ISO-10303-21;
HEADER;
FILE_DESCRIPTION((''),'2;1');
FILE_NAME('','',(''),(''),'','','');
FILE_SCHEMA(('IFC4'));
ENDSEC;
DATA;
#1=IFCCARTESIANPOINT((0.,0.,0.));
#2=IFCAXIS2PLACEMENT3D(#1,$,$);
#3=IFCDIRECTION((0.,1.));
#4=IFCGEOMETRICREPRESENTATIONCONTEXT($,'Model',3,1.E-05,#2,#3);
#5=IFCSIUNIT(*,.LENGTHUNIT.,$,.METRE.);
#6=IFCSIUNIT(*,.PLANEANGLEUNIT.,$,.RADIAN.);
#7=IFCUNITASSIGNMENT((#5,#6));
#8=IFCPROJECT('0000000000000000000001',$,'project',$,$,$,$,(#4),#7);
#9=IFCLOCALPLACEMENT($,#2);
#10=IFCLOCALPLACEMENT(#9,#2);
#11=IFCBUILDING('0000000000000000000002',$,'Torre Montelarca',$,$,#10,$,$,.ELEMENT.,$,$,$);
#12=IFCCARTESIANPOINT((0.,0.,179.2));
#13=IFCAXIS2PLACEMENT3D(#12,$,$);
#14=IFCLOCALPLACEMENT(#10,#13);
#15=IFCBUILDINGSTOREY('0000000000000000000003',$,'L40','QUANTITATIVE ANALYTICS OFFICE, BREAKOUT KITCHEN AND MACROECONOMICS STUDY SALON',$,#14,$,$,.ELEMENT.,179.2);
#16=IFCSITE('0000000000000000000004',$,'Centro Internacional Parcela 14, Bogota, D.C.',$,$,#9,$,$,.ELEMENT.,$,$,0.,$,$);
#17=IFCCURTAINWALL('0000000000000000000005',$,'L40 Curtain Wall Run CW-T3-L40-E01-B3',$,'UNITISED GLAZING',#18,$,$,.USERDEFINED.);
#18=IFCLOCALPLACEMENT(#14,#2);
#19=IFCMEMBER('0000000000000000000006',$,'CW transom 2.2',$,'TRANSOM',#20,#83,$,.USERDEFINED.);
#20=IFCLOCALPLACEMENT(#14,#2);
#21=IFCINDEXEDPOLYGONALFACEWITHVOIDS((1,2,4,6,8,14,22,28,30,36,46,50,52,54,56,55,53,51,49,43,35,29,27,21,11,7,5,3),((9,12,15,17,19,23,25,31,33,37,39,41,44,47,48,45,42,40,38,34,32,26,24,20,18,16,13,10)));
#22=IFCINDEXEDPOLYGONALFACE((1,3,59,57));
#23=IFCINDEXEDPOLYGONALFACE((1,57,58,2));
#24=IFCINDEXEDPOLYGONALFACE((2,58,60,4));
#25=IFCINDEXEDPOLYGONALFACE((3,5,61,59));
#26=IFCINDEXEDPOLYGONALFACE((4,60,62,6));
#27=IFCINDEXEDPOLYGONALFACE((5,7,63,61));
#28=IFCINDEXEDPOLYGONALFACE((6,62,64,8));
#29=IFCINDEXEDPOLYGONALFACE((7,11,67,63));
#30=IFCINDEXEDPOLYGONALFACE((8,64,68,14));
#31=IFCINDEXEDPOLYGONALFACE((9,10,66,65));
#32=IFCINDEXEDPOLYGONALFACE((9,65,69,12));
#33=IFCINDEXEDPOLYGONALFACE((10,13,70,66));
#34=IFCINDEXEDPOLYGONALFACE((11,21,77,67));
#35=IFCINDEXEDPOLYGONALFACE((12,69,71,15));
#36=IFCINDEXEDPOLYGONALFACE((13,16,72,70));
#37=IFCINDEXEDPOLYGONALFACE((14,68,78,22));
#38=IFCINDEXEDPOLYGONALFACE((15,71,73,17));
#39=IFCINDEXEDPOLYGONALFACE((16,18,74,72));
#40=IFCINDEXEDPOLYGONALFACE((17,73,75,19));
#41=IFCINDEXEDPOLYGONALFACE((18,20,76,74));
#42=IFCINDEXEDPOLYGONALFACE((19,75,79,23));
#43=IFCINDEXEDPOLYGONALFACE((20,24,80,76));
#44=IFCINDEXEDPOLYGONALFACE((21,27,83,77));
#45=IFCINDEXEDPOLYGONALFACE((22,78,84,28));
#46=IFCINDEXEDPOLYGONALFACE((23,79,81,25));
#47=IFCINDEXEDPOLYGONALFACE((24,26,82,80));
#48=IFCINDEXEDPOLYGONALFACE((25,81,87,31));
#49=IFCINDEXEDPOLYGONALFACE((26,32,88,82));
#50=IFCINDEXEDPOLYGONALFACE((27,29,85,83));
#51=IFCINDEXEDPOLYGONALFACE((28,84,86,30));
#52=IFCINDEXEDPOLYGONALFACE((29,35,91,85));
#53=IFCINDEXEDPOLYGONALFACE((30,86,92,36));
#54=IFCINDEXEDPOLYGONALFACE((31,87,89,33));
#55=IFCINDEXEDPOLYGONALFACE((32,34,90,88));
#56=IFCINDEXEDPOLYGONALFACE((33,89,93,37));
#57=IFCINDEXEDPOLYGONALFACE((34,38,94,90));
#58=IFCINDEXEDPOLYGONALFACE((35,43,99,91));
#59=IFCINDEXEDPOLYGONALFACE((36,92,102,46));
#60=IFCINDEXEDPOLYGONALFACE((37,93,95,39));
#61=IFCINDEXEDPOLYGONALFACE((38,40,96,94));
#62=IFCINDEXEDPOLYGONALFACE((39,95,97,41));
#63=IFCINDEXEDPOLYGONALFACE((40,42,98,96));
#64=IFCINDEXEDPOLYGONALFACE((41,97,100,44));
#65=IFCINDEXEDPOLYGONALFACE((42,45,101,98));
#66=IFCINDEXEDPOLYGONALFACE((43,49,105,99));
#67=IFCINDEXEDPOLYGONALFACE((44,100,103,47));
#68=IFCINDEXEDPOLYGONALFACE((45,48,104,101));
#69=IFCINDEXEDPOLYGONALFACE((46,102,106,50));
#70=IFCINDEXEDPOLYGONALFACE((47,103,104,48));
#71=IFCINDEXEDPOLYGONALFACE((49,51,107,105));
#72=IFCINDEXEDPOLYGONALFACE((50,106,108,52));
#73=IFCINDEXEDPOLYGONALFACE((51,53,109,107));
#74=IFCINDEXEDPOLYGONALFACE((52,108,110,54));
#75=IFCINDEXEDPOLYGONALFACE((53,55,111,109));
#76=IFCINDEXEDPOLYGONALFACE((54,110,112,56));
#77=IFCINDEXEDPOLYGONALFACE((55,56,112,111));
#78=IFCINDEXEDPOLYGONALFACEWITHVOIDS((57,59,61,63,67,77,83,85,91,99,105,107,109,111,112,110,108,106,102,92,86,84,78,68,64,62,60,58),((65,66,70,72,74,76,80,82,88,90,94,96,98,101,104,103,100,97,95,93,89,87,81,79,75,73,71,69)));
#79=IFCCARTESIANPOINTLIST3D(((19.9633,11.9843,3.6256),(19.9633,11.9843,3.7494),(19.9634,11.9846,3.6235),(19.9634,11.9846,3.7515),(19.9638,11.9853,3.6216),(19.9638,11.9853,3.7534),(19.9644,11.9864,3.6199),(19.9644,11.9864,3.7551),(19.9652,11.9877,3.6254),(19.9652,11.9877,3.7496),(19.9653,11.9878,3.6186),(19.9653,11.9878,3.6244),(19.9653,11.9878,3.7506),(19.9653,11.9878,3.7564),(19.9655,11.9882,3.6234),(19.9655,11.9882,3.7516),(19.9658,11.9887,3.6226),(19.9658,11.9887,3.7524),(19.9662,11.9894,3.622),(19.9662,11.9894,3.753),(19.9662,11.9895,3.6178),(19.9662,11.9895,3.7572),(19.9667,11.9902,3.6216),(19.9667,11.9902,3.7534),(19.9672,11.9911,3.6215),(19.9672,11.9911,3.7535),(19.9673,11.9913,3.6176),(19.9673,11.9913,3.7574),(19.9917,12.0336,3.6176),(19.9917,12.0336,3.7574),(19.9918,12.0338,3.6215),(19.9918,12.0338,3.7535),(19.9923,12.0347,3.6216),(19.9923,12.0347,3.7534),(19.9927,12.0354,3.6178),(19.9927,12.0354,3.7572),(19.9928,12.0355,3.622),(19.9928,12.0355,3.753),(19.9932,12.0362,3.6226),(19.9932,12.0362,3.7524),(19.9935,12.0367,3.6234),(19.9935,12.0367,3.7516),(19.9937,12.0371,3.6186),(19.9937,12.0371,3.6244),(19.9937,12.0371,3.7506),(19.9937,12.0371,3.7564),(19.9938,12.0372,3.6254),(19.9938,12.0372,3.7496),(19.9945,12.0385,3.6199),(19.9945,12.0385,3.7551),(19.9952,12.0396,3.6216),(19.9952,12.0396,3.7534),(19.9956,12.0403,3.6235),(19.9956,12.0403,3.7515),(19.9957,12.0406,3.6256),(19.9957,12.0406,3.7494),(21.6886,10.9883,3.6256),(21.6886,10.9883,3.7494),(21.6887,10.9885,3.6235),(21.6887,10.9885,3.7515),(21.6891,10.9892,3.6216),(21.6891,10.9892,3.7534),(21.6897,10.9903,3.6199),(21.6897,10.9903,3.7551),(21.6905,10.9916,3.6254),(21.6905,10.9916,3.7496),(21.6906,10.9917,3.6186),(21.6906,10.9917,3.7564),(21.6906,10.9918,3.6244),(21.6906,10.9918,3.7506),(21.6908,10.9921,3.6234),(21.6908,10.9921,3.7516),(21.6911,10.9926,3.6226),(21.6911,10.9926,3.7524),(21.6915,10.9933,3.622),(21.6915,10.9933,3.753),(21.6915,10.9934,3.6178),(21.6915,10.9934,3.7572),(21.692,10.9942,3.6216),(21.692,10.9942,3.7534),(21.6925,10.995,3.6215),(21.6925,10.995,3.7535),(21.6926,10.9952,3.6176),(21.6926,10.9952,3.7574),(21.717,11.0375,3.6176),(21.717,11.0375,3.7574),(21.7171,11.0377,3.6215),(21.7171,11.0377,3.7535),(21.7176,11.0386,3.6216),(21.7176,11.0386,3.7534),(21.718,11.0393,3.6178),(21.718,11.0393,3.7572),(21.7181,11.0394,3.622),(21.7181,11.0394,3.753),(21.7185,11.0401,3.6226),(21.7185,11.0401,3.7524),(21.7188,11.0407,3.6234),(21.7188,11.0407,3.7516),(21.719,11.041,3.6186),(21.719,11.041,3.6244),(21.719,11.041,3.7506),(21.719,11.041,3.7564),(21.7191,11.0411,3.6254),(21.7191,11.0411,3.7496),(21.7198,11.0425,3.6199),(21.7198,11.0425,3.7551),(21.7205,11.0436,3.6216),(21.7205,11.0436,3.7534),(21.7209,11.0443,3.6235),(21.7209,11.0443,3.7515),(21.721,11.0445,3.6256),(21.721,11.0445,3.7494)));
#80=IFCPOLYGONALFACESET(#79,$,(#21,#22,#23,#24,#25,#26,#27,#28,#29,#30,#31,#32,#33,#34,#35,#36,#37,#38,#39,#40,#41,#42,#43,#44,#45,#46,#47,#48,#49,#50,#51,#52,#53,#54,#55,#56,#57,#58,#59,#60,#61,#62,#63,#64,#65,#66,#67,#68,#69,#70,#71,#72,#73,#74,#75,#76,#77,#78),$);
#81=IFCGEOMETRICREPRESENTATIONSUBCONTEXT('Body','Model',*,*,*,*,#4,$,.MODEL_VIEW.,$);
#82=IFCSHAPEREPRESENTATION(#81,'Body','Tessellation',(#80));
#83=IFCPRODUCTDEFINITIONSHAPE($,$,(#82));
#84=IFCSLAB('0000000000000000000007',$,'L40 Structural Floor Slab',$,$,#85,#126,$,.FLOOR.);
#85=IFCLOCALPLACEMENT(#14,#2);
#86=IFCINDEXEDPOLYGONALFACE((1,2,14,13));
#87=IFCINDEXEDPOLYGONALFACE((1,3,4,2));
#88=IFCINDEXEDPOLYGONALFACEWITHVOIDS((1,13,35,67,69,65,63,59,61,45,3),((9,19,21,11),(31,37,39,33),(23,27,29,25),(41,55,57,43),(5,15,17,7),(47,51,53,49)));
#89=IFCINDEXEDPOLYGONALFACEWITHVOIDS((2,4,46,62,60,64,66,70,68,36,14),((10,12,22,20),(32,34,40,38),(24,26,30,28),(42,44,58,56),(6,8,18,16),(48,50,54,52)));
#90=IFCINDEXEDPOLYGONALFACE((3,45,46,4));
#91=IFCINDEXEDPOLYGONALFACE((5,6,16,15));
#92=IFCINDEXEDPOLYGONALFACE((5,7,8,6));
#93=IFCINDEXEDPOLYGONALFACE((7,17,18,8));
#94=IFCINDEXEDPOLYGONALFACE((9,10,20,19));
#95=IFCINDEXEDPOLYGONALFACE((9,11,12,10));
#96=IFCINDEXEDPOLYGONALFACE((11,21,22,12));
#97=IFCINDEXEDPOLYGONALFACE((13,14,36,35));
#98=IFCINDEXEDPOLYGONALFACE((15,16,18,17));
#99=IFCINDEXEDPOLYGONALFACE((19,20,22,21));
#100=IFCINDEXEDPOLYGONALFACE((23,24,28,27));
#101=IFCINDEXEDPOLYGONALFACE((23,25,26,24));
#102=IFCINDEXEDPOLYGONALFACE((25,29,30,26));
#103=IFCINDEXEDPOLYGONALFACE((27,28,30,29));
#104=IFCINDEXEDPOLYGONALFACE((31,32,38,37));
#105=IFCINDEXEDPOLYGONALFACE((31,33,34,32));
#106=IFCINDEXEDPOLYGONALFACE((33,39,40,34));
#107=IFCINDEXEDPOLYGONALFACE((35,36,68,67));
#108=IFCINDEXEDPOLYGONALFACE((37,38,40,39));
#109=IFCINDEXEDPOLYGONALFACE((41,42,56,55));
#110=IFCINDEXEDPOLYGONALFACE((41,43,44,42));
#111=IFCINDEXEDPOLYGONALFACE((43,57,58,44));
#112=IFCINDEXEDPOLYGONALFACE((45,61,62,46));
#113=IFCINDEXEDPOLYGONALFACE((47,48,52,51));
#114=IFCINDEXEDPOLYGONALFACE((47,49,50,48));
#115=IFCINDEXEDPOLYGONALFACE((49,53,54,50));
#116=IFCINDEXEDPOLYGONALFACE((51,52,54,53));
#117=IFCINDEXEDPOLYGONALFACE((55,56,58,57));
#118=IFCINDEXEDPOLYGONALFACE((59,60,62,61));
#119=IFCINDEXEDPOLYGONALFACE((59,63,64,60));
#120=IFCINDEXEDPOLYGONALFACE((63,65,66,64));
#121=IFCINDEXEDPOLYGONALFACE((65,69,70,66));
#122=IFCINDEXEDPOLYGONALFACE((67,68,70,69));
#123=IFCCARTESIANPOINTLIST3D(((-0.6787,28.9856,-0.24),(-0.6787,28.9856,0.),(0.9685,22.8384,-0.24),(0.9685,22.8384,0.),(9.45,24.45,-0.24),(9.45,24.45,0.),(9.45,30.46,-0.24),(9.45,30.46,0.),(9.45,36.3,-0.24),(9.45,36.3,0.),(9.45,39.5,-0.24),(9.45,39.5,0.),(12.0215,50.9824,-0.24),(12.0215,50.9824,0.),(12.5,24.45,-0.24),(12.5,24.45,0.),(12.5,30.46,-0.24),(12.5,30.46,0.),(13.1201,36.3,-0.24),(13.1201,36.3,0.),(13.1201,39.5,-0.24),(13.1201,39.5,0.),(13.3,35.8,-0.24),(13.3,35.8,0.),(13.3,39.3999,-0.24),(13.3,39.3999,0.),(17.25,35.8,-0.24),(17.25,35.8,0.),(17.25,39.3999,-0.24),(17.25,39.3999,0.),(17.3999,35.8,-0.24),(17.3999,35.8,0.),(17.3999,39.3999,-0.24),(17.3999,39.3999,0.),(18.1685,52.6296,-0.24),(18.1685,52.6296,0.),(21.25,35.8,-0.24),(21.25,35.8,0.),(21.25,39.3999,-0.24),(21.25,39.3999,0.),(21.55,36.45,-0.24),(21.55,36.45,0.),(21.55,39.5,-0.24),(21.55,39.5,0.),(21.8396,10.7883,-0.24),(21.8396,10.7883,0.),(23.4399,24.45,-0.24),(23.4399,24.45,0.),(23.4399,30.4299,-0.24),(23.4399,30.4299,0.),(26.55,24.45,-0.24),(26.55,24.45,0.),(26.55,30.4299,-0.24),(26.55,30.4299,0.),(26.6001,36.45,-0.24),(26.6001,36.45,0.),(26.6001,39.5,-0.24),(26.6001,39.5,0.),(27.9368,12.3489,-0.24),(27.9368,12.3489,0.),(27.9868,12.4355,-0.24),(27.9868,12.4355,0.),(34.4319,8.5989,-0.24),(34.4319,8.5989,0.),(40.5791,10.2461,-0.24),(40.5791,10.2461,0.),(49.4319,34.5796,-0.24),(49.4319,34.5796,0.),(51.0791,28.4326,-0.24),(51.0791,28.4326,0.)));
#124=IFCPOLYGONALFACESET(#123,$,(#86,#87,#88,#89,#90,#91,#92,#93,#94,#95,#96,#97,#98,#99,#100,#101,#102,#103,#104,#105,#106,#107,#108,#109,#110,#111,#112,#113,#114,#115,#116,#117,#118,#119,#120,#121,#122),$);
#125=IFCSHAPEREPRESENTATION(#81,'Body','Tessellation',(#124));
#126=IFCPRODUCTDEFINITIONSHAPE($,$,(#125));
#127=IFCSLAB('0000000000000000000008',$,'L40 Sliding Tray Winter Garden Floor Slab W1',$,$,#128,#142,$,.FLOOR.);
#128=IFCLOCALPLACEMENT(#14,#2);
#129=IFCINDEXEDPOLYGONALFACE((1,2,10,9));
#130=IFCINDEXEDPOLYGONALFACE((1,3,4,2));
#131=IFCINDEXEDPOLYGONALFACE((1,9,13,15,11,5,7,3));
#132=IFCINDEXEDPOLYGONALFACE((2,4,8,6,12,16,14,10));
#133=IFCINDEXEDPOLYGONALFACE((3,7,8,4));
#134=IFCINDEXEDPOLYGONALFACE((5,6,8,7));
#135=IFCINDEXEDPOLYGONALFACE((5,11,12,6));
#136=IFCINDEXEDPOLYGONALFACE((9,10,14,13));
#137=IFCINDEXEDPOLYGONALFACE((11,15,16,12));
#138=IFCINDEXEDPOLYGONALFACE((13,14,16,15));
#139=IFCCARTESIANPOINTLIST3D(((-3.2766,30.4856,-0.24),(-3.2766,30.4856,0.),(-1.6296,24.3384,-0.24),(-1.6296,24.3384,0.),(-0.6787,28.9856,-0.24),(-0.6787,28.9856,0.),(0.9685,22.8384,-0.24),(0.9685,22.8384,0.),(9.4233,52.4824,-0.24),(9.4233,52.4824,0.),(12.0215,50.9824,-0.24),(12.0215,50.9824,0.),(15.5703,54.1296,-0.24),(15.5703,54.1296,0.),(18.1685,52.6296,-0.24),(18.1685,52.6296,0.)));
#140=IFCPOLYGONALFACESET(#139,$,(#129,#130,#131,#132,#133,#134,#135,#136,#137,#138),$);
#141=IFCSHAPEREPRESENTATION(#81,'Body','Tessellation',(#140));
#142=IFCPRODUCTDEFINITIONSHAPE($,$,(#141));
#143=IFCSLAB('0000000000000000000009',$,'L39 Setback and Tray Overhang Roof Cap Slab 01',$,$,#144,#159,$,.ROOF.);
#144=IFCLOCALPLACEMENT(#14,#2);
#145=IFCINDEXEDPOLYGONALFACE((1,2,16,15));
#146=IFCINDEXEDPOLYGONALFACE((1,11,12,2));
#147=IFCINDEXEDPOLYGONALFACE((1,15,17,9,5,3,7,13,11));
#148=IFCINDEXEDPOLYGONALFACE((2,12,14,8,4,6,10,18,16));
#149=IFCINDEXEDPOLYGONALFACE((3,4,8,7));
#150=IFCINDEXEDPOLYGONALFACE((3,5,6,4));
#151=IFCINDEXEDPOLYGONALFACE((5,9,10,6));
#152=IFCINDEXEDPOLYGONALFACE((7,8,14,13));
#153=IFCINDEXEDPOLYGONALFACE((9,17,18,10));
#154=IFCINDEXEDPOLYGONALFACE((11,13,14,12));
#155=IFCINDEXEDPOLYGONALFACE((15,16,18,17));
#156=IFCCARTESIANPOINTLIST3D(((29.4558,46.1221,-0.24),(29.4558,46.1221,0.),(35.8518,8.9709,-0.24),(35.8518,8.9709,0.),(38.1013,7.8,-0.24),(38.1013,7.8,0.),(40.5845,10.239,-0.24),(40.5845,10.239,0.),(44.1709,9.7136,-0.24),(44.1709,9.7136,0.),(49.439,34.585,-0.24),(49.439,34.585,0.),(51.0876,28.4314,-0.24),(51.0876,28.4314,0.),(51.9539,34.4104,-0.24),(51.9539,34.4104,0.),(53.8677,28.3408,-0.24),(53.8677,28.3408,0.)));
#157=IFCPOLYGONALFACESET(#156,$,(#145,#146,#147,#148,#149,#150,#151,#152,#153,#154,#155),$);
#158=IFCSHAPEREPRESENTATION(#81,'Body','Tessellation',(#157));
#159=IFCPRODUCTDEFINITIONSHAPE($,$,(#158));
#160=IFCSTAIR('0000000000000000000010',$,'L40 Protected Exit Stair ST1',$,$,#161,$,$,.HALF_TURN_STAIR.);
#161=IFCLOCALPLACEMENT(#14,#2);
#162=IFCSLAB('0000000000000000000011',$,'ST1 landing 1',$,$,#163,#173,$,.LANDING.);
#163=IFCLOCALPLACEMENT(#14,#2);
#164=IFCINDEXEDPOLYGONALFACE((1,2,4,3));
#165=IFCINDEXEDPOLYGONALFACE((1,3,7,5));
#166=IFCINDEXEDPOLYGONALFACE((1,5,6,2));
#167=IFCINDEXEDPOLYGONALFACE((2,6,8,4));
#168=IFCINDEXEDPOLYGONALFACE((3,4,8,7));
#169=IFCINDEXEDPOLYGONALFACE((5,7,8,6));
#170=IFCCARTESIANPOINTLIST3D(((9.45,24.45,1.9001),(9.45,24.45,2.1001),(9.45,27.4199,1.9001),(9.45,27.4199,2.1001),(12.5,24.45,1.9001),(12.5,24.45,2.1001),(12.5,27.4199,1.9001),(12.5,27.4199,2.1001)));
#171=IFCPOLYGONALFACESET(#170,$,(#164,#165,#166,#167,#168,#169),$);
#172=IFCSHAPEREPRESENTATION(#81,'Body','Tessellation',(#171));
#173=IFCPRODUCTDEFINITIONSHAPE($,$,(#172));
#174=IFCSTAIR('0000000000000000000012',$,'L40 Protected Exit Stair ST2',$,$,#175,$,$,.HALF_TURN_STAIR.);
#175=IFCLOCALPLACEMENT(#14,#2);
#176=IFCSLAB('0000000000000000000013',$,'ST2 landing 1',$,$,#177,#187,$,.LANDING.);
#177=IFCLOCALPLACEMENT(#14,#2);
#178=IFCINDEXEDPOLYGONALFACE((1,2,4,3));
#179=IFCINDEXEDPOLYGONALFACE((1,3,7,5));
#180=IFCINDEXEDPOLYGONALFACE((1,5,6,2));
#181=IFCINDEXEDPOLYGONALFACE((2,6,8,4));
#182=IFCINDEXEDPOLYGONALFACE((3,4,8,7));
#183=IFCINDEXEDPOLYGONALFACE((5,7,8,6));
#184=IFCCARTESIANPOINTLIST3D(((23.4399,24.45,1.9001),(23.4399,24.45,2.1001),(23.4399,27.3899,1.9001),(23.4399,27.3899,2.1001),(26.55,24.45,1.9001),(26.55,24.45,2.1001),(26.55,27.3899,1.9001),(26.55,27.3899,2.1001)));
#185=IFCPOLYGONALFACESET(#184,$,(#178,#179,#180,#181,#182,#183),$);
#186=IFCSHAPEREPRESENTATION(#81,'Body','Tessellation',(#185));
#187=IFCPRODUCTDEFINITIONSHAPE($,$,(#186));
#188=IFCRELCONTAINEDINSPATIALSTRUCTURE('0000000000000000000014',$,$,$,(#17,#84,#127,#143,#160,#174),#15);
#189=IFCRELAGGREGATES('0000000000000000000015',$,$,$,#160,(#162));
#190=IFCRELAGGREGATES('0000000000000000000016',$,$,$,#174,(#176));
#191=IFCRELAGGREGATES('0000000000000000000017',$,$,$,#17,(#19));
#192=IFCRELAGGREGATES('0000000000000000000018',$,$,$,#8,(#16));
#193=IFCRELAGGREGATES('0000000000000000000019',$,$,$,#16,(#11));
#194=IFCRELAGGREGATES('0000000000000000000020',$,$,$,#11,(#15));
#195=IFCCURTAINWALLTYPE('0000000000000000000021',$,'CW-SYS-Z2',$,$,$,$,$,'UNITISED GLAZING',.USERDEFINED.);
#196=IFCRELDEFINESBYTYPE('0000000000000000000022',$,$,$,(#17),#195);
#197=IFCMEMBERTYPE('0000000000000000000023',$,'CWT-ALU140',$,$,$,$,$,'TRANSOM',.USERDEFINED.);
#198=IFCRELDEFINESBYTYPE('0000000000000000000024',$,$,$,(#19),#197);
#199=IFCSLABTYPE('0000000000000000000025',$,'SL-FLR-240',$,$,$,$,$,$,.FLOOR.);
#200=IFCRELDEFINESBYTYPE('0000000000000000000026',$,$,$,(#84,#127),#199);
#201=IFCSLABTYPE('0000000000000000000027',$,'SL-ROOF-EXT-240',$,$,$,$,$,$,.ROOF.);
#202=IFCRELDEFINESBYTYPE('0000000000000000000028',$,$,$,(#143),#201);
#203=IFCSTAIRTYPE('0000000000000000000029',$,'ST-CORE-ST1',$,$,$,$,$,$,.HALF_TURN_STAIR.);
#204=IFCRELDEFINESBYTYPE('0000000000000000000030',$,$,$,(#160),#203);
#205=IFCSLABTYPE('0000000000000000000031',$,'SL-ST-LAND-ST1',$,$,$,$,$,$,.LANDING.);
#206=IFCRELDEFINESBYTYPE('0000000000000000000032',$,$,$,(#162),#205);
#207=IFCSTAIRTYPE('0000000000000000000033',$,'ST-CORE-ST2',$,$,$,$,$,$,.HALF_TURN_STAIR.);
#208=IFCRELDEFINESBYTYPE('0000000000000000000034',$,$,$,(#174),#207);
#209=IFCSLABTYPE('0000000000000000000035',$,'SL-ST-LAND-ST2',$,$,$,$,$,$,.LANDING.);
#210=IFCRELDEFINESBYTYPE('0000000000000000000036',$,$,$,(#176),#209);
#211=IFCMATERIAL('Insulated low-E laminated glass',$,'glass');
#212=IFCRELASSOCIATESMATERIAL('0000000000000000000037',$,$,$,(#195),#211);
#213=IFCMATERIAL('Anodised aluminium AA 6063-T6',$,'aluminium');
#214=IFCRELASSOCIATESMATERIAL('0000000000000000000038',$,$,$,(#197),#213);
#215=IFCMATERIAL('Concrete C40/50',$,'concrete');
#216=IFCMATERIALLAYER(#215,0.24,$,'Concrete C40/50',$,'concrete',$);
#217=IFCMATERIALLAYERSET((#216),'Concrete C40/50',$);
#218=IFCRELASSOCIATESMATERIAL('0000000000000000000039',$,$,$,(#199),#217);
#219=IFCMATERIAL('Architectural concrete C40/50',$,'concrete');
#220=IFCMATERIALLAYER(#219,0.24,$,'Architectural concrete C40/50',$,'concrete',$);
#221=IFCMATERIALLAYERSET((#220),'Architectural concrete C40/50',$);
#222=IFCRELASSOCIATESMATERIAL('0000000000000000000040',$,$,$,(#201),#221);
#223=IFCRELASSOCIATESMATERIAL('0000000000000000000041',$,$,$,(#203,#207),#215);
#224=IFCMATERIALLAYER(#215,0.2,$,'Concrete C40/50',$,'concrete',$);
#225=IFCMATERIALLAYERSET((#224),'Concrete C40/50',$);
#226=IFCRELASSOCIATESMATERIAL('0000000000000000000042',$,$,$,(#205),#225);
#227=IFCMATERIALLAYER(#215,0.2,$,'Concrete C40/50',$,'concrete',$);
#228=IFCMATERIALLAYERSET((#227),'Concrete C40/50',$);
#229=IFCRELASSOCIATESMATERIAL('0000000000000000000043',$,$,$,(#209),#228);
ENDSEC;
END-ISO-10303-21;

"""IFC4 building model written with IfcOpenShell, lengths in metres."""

from ifc_helpers import new_model, si_unit, direction, frame, origin, origin_2d, place, context, subcontext, project, spatial, polyline, hollow_rectangle, outline, extrude, source, transform, mapped, material, layer, layer_set, material_profile, profile_set, type_object, element, aggregate, save


model = new_model("IFC4")

# Units and contexts
model_context = context("Model", 3, precision=1e-05, world=origin(), true_north=direction((0.0, 1.0)))
body_context = subcontext(model_context, "Body", "Model", "MODEL_VIEW")
ifc_project = project(units=[si_unit("LENGTHUNIT", "METRE"), si_unit("PLANEANGLEUNIT", "RADIAN")], contexts=[model_context])

# Site, building, storey
site_placement = place(None, origin())
site = spatial("IfcSite", under=ifc_project, at=site_placement, Name="Centro Internacional Parcela 14, Bogota, D.C.", CompositionType="ELEMENT", RefElevation=0.0)
building_placement = place(site_placement, origin())
building = spatial("IfcBuilding", under=site, at=building_placement, Name="Torre Montelarca", CompositionType="ELEMENT")
storey_placement = place(building_placement, frame((0.0, 0.0, 179.2)))
storey = spatial("IfcBuildingStorey", under=building, at=storey_placement, Name="L40", Description="QUANTITATIVE ANALYTICS OFFICE, BREAKOUT KITCHEN AND MACROECONOMICS STUDY SALON", CompositionType="ELEMENT", Elevation=179.2)

# Shared definitions
ifc_material_1 = material(Name="Insulated low-E laminated glass", Category="glass")
curtain_wall_type = type_object("IfcCurtainWallType", Name="CW-SYS-Z2", ElementType="UNITISED GLAZING", PredefinedType="USERDEFINED", material=ifc_material_1)
ifc_material_2 = material(Name="Anodised aluminium AA 6063-T6", Category="aluminium")
ifc_material_profile_1 = material_profile(ifc_material_2, hollow_rectangle(XDim=0.0649, YDim=0.1399, WallThickness=0.0039, InnerFilletRadius=0.0039, OuterFilletRadius=0.0081, at=origin_2d()), Name="ALU65X140X4", Category="aluminium")
ifc_profile_set_1 = profile_set([ifc_material_profile_1], Name="Anodised aluminium AA 6063-T6")
member_type_1 = type_object("IfcMemberType", Name="CWT-ALU140", ElementType="TRANSOM", PredefinedType="USERDEFINED", material=ifc_profile_set_1)

# Curtain wall
curtain_wall_1_placement = place(storey_placement, origin())
curtain_wall_1 = element("IfcCurtainWall", 1, at=curtain_wall_1_placement, inside=storey, type_object=curtain_wall_type, Name="L40 Curtain Wall Run CW-T3-L40-E01-B3", ObjectType="UNITISED GLAZING", PredefinedType="USERDEFINED")

# Member
shared_shape_1 = source(origin(), body_context, "Body", "SweptSolid", [
    extrude(hollow_rectangle(XDim=0.0649, YDim=0.1399, WallThickness=0.0039, InnerFilletRadius=0.0039, OuterFilletRadius=0.0081, at=origin_2d()), origin(), (0.0, 0.0, 1.0), 1.9922),
])
member_1_placement = place(storey_placement, frame((19.9795, 12.0125, 3.6875), z_axis=(0.866033, -0.499988, 0.0), x_axis=(0.499988, 0.866033, 0.0)))
member_1 = element("IfcMember", 2, at=member_1_placement, type_object=member_type_1, Name="CW transom 2.2", ObjectType="TRANSOM", PredefinedType="USERDEFINED", context=body_context, shape_type="MappedRepresentation", body=[
    mapped(shared_shape_1, transform((0.0, 0.0, 0.0), scale=1.0)),
])

# Slabs
ifc_material_3 = material(Name="Concrete C40/50", Category="concrete")
ifc_layer_1 = layer(ifc_material_3, 0.24, Name="Concrete C40/50", Category="concrete")
ifc_layer_set_1 = layer_set([ifc_layer_1], Name="Concrete C40/50")
slab_type_1 = type_object("IfcSlabType", Name="SL-FLR-240", PredefinedType="FLOOR", material=ifc_layer_set_1)
slab_1_placement = place(storey_placement, frame((0.0, 0.0, -0.24)))
element("IfcSlab", 3, at=slab_1_placement, inside=storey, type_object=slab_type_1, Name="L40 Structural Floor Slab", PredefinedType="FLOOR", context=body_context, shape_type="SweptSolid", body=[
    extrude(outline(polyline([(21.8396, 10.7883), (27.9868, 12.4355), (27.9368, 12.3489), (34.4319, 8.5989), (40.5791, 10.2461), (51.0791, 28.4326), (49.4319, 34.5796), (18.1685, 52.6296), (12.0215, 50.9824), (-0.6787, 28.9856), (0.9685, 22.8384), (21.8396, 10.7883)]), holes=[polyline([(26.55, 24.45), (23.4399, 24.45), (23.4399, 30.4299), (26.55, 30.4299), (26.55, 24.45)]), polyline([(9.45, 24.45), (9.45, 30.46), (12.5, 30.46), (12.5, 24.45), (9.45, 24.45)]), polyline([(17.25, 35.8), (13.3, 35.8), (13.3, 39.3999), (17.25, 39.3999), (17.25, 35.8)]), polyline([(21.25, 39.3999), (21.25, 35.8), (17.3999, 35.8), (17.3999, 39.3999), (21.25, 39.3999)]), polyline([(13.1201, 36.3), (9.45, 36.3), (9.45, 39.5), (13.1201, 39.5), (13.1201, 36.3)]), polyline([(26.6001, 36.45), (21.55, 36.45), (21.55, 39.5), (26.6001, 39.5), (26.6001, 36.45)])]), origin(), (0.0, 0.0, 1.0), 0.24),
])
slab_2_placement = place(storey_placement, frame((0.0, 0.0, -0.24)))
element("IfcSlab", 4, at=slab_2_placement, inside=storey, type_object=slab_type_1, Name="L40 Sliding Tray Winter Garden Floor Slab W1", PredefinedType="FLOOR", context=body_context, shape_type="SweptSolid", body=[
    extrude(outline(polyline([(0.9685, 22.8384), (-0.6787, 28.9856), (12.0215, 50.9824), (18.1685, 52.6296), (15.5703, 54.1296), (9.4233, 52.4824), (-3.2766, 30.4856), (-1.6296, 24.3384), (0.9685, 22.8384)])), origin(), (0.0, 0.0, 1.0), 0.24),
])
ifc_material_4 = material(Name="Architectural concrete C40/50", Category="concrete")
ifc_layer_2 = layer(ifc_material_4, 0.24, Name="Architectural concrete C40/50", Category="concrete")
ifc_layer_set_2 = layer_set([ifc_layer_2], Name="Architectural concrete C40/50")
slab_type_2 = type_object("IfcSlabType", Name="SL-ROOF-EXT-240", PredefinedType="ROOF", material=ifc_layer_set_2)
slab_3_placement = place(storey_placement, frame((0.0, 0.0, -0.24)))
element("IfcSlab", 5, at=slab_3_placement, inside=storey, type_object=slab_type_2, Name="L39 Setback and Tray Overhang Roof Cap Slab 01", PredefinedType="ROOF", context=body_context, shape_type="SweptSolid", body=[
    extrude(outline(polyline([(49.439, 34.585), (51.0876, 28.4314), (40.5845, 10.239), (35.8518, 8.9709), (38.1013, 7.8), (44.1709, 9.7136), (53.8677, 28.3408), (51.9539, 34.4104), (29.4558, 46.1221), (49.439, 34.585)])), origin(), (0.0, 0.0, 1.0), 0.24),
])

# Stairs, slabs
stair_type_1 = type_object("IfcStairType", Name="ST-CORE-ST1", PredefinedType="HALF_TURN_STAIR", material=ifc_material_3)
stair_1_placement = place(storey_placement, origin())
stair_1 = element("IfcStair", 6, at=stair_1_placement, inside=storey, type_object=stair_type_1, Name="L40 Protected Exit Stair ST1", PredefinedType="HALF_TURN_STAIR")
ifc_layer_3 = layer(ifc_material_3, 0.2, Name="Concrete C40/50", Category="concrete")
ifc_layer_set_3 = layer_set([ifc_layer_3], Name="Concrete C40/50")
slab_type_3 = type_object("IfcSlabType", Name="SL-ST-LAND-ST1", PredefinedType="LANDING", material=ifc_layer_set_3)
slab_4_placement = place(storey_placement, frame((0.0, 0.0, 1.9001)))
slab_4 = element("IfcSlab", 7, at=slab_4_placement, type_object=slab_type_3, Name="ST1 landing 1", PredefinedType="LANDING", context=body_context, shape_type="SweptSolid", body=[
    extrude(outline(polyline([(9.45, 27.4199), (9.45, 24.45), (12.5, 24.45), (12.5, 27.4199), (9.45, 27.4199)])), origin(), (0.0, 0.0, 1.0), 0.2),
])
aggregate(stair_1, [slab_4])
stair_type_2 = type_object("IfcStairType", Name="ST-CORE-ST2", PredefinedType="HALF_TURN_STAIR", material=ifc_material_3)
stair_2_placement = place(storey_placement, origin())
stair_2 = element("IfcStair", 8, at=stair_2_placement, inside=storey, type_object=stair_type_2, Name="L40 Protected Exit Stair ST2", PredefinedType="HALF_TURN_STAIR")
ifc_layer_4 = layer(ifc_material_3, 0.2, Name="Concrete C40/50", Category="concrete")
ifc_layer_set_4 = layer_set([ifc_layer_4], Name="Concrete C40/50")
slab_type_4 = type_object("IfcSlabType", Name="SL-ST-LAND-ST2", PredefinedType="LANDING", material=ifc_layer_set_4)
slab_5_placement = place(storey_placement, frame((0.0, 0.0, 1.9001)))
slab_5 = element("IfcSlab", 9, at=slab_5_placement, type_object=slab_type_4, Name="ST2 landing 1", PredefinedType="LANDING", context=body_context, shape_type="SweptSolid", body=[
    extrude(outline(polyline([(23.4399, 27.3899), (23.4399, 24.45), (26.55, 24.45), (26.55, 27.3899), (23.4399, 27.3899)])), origin(), (0.0, 0.0, 1.0), 0.2),
])
aggregate(stair_2, [slab_5])

aggregate(curtain_wall_1, [member_1])

save(model, "model.ifc")
